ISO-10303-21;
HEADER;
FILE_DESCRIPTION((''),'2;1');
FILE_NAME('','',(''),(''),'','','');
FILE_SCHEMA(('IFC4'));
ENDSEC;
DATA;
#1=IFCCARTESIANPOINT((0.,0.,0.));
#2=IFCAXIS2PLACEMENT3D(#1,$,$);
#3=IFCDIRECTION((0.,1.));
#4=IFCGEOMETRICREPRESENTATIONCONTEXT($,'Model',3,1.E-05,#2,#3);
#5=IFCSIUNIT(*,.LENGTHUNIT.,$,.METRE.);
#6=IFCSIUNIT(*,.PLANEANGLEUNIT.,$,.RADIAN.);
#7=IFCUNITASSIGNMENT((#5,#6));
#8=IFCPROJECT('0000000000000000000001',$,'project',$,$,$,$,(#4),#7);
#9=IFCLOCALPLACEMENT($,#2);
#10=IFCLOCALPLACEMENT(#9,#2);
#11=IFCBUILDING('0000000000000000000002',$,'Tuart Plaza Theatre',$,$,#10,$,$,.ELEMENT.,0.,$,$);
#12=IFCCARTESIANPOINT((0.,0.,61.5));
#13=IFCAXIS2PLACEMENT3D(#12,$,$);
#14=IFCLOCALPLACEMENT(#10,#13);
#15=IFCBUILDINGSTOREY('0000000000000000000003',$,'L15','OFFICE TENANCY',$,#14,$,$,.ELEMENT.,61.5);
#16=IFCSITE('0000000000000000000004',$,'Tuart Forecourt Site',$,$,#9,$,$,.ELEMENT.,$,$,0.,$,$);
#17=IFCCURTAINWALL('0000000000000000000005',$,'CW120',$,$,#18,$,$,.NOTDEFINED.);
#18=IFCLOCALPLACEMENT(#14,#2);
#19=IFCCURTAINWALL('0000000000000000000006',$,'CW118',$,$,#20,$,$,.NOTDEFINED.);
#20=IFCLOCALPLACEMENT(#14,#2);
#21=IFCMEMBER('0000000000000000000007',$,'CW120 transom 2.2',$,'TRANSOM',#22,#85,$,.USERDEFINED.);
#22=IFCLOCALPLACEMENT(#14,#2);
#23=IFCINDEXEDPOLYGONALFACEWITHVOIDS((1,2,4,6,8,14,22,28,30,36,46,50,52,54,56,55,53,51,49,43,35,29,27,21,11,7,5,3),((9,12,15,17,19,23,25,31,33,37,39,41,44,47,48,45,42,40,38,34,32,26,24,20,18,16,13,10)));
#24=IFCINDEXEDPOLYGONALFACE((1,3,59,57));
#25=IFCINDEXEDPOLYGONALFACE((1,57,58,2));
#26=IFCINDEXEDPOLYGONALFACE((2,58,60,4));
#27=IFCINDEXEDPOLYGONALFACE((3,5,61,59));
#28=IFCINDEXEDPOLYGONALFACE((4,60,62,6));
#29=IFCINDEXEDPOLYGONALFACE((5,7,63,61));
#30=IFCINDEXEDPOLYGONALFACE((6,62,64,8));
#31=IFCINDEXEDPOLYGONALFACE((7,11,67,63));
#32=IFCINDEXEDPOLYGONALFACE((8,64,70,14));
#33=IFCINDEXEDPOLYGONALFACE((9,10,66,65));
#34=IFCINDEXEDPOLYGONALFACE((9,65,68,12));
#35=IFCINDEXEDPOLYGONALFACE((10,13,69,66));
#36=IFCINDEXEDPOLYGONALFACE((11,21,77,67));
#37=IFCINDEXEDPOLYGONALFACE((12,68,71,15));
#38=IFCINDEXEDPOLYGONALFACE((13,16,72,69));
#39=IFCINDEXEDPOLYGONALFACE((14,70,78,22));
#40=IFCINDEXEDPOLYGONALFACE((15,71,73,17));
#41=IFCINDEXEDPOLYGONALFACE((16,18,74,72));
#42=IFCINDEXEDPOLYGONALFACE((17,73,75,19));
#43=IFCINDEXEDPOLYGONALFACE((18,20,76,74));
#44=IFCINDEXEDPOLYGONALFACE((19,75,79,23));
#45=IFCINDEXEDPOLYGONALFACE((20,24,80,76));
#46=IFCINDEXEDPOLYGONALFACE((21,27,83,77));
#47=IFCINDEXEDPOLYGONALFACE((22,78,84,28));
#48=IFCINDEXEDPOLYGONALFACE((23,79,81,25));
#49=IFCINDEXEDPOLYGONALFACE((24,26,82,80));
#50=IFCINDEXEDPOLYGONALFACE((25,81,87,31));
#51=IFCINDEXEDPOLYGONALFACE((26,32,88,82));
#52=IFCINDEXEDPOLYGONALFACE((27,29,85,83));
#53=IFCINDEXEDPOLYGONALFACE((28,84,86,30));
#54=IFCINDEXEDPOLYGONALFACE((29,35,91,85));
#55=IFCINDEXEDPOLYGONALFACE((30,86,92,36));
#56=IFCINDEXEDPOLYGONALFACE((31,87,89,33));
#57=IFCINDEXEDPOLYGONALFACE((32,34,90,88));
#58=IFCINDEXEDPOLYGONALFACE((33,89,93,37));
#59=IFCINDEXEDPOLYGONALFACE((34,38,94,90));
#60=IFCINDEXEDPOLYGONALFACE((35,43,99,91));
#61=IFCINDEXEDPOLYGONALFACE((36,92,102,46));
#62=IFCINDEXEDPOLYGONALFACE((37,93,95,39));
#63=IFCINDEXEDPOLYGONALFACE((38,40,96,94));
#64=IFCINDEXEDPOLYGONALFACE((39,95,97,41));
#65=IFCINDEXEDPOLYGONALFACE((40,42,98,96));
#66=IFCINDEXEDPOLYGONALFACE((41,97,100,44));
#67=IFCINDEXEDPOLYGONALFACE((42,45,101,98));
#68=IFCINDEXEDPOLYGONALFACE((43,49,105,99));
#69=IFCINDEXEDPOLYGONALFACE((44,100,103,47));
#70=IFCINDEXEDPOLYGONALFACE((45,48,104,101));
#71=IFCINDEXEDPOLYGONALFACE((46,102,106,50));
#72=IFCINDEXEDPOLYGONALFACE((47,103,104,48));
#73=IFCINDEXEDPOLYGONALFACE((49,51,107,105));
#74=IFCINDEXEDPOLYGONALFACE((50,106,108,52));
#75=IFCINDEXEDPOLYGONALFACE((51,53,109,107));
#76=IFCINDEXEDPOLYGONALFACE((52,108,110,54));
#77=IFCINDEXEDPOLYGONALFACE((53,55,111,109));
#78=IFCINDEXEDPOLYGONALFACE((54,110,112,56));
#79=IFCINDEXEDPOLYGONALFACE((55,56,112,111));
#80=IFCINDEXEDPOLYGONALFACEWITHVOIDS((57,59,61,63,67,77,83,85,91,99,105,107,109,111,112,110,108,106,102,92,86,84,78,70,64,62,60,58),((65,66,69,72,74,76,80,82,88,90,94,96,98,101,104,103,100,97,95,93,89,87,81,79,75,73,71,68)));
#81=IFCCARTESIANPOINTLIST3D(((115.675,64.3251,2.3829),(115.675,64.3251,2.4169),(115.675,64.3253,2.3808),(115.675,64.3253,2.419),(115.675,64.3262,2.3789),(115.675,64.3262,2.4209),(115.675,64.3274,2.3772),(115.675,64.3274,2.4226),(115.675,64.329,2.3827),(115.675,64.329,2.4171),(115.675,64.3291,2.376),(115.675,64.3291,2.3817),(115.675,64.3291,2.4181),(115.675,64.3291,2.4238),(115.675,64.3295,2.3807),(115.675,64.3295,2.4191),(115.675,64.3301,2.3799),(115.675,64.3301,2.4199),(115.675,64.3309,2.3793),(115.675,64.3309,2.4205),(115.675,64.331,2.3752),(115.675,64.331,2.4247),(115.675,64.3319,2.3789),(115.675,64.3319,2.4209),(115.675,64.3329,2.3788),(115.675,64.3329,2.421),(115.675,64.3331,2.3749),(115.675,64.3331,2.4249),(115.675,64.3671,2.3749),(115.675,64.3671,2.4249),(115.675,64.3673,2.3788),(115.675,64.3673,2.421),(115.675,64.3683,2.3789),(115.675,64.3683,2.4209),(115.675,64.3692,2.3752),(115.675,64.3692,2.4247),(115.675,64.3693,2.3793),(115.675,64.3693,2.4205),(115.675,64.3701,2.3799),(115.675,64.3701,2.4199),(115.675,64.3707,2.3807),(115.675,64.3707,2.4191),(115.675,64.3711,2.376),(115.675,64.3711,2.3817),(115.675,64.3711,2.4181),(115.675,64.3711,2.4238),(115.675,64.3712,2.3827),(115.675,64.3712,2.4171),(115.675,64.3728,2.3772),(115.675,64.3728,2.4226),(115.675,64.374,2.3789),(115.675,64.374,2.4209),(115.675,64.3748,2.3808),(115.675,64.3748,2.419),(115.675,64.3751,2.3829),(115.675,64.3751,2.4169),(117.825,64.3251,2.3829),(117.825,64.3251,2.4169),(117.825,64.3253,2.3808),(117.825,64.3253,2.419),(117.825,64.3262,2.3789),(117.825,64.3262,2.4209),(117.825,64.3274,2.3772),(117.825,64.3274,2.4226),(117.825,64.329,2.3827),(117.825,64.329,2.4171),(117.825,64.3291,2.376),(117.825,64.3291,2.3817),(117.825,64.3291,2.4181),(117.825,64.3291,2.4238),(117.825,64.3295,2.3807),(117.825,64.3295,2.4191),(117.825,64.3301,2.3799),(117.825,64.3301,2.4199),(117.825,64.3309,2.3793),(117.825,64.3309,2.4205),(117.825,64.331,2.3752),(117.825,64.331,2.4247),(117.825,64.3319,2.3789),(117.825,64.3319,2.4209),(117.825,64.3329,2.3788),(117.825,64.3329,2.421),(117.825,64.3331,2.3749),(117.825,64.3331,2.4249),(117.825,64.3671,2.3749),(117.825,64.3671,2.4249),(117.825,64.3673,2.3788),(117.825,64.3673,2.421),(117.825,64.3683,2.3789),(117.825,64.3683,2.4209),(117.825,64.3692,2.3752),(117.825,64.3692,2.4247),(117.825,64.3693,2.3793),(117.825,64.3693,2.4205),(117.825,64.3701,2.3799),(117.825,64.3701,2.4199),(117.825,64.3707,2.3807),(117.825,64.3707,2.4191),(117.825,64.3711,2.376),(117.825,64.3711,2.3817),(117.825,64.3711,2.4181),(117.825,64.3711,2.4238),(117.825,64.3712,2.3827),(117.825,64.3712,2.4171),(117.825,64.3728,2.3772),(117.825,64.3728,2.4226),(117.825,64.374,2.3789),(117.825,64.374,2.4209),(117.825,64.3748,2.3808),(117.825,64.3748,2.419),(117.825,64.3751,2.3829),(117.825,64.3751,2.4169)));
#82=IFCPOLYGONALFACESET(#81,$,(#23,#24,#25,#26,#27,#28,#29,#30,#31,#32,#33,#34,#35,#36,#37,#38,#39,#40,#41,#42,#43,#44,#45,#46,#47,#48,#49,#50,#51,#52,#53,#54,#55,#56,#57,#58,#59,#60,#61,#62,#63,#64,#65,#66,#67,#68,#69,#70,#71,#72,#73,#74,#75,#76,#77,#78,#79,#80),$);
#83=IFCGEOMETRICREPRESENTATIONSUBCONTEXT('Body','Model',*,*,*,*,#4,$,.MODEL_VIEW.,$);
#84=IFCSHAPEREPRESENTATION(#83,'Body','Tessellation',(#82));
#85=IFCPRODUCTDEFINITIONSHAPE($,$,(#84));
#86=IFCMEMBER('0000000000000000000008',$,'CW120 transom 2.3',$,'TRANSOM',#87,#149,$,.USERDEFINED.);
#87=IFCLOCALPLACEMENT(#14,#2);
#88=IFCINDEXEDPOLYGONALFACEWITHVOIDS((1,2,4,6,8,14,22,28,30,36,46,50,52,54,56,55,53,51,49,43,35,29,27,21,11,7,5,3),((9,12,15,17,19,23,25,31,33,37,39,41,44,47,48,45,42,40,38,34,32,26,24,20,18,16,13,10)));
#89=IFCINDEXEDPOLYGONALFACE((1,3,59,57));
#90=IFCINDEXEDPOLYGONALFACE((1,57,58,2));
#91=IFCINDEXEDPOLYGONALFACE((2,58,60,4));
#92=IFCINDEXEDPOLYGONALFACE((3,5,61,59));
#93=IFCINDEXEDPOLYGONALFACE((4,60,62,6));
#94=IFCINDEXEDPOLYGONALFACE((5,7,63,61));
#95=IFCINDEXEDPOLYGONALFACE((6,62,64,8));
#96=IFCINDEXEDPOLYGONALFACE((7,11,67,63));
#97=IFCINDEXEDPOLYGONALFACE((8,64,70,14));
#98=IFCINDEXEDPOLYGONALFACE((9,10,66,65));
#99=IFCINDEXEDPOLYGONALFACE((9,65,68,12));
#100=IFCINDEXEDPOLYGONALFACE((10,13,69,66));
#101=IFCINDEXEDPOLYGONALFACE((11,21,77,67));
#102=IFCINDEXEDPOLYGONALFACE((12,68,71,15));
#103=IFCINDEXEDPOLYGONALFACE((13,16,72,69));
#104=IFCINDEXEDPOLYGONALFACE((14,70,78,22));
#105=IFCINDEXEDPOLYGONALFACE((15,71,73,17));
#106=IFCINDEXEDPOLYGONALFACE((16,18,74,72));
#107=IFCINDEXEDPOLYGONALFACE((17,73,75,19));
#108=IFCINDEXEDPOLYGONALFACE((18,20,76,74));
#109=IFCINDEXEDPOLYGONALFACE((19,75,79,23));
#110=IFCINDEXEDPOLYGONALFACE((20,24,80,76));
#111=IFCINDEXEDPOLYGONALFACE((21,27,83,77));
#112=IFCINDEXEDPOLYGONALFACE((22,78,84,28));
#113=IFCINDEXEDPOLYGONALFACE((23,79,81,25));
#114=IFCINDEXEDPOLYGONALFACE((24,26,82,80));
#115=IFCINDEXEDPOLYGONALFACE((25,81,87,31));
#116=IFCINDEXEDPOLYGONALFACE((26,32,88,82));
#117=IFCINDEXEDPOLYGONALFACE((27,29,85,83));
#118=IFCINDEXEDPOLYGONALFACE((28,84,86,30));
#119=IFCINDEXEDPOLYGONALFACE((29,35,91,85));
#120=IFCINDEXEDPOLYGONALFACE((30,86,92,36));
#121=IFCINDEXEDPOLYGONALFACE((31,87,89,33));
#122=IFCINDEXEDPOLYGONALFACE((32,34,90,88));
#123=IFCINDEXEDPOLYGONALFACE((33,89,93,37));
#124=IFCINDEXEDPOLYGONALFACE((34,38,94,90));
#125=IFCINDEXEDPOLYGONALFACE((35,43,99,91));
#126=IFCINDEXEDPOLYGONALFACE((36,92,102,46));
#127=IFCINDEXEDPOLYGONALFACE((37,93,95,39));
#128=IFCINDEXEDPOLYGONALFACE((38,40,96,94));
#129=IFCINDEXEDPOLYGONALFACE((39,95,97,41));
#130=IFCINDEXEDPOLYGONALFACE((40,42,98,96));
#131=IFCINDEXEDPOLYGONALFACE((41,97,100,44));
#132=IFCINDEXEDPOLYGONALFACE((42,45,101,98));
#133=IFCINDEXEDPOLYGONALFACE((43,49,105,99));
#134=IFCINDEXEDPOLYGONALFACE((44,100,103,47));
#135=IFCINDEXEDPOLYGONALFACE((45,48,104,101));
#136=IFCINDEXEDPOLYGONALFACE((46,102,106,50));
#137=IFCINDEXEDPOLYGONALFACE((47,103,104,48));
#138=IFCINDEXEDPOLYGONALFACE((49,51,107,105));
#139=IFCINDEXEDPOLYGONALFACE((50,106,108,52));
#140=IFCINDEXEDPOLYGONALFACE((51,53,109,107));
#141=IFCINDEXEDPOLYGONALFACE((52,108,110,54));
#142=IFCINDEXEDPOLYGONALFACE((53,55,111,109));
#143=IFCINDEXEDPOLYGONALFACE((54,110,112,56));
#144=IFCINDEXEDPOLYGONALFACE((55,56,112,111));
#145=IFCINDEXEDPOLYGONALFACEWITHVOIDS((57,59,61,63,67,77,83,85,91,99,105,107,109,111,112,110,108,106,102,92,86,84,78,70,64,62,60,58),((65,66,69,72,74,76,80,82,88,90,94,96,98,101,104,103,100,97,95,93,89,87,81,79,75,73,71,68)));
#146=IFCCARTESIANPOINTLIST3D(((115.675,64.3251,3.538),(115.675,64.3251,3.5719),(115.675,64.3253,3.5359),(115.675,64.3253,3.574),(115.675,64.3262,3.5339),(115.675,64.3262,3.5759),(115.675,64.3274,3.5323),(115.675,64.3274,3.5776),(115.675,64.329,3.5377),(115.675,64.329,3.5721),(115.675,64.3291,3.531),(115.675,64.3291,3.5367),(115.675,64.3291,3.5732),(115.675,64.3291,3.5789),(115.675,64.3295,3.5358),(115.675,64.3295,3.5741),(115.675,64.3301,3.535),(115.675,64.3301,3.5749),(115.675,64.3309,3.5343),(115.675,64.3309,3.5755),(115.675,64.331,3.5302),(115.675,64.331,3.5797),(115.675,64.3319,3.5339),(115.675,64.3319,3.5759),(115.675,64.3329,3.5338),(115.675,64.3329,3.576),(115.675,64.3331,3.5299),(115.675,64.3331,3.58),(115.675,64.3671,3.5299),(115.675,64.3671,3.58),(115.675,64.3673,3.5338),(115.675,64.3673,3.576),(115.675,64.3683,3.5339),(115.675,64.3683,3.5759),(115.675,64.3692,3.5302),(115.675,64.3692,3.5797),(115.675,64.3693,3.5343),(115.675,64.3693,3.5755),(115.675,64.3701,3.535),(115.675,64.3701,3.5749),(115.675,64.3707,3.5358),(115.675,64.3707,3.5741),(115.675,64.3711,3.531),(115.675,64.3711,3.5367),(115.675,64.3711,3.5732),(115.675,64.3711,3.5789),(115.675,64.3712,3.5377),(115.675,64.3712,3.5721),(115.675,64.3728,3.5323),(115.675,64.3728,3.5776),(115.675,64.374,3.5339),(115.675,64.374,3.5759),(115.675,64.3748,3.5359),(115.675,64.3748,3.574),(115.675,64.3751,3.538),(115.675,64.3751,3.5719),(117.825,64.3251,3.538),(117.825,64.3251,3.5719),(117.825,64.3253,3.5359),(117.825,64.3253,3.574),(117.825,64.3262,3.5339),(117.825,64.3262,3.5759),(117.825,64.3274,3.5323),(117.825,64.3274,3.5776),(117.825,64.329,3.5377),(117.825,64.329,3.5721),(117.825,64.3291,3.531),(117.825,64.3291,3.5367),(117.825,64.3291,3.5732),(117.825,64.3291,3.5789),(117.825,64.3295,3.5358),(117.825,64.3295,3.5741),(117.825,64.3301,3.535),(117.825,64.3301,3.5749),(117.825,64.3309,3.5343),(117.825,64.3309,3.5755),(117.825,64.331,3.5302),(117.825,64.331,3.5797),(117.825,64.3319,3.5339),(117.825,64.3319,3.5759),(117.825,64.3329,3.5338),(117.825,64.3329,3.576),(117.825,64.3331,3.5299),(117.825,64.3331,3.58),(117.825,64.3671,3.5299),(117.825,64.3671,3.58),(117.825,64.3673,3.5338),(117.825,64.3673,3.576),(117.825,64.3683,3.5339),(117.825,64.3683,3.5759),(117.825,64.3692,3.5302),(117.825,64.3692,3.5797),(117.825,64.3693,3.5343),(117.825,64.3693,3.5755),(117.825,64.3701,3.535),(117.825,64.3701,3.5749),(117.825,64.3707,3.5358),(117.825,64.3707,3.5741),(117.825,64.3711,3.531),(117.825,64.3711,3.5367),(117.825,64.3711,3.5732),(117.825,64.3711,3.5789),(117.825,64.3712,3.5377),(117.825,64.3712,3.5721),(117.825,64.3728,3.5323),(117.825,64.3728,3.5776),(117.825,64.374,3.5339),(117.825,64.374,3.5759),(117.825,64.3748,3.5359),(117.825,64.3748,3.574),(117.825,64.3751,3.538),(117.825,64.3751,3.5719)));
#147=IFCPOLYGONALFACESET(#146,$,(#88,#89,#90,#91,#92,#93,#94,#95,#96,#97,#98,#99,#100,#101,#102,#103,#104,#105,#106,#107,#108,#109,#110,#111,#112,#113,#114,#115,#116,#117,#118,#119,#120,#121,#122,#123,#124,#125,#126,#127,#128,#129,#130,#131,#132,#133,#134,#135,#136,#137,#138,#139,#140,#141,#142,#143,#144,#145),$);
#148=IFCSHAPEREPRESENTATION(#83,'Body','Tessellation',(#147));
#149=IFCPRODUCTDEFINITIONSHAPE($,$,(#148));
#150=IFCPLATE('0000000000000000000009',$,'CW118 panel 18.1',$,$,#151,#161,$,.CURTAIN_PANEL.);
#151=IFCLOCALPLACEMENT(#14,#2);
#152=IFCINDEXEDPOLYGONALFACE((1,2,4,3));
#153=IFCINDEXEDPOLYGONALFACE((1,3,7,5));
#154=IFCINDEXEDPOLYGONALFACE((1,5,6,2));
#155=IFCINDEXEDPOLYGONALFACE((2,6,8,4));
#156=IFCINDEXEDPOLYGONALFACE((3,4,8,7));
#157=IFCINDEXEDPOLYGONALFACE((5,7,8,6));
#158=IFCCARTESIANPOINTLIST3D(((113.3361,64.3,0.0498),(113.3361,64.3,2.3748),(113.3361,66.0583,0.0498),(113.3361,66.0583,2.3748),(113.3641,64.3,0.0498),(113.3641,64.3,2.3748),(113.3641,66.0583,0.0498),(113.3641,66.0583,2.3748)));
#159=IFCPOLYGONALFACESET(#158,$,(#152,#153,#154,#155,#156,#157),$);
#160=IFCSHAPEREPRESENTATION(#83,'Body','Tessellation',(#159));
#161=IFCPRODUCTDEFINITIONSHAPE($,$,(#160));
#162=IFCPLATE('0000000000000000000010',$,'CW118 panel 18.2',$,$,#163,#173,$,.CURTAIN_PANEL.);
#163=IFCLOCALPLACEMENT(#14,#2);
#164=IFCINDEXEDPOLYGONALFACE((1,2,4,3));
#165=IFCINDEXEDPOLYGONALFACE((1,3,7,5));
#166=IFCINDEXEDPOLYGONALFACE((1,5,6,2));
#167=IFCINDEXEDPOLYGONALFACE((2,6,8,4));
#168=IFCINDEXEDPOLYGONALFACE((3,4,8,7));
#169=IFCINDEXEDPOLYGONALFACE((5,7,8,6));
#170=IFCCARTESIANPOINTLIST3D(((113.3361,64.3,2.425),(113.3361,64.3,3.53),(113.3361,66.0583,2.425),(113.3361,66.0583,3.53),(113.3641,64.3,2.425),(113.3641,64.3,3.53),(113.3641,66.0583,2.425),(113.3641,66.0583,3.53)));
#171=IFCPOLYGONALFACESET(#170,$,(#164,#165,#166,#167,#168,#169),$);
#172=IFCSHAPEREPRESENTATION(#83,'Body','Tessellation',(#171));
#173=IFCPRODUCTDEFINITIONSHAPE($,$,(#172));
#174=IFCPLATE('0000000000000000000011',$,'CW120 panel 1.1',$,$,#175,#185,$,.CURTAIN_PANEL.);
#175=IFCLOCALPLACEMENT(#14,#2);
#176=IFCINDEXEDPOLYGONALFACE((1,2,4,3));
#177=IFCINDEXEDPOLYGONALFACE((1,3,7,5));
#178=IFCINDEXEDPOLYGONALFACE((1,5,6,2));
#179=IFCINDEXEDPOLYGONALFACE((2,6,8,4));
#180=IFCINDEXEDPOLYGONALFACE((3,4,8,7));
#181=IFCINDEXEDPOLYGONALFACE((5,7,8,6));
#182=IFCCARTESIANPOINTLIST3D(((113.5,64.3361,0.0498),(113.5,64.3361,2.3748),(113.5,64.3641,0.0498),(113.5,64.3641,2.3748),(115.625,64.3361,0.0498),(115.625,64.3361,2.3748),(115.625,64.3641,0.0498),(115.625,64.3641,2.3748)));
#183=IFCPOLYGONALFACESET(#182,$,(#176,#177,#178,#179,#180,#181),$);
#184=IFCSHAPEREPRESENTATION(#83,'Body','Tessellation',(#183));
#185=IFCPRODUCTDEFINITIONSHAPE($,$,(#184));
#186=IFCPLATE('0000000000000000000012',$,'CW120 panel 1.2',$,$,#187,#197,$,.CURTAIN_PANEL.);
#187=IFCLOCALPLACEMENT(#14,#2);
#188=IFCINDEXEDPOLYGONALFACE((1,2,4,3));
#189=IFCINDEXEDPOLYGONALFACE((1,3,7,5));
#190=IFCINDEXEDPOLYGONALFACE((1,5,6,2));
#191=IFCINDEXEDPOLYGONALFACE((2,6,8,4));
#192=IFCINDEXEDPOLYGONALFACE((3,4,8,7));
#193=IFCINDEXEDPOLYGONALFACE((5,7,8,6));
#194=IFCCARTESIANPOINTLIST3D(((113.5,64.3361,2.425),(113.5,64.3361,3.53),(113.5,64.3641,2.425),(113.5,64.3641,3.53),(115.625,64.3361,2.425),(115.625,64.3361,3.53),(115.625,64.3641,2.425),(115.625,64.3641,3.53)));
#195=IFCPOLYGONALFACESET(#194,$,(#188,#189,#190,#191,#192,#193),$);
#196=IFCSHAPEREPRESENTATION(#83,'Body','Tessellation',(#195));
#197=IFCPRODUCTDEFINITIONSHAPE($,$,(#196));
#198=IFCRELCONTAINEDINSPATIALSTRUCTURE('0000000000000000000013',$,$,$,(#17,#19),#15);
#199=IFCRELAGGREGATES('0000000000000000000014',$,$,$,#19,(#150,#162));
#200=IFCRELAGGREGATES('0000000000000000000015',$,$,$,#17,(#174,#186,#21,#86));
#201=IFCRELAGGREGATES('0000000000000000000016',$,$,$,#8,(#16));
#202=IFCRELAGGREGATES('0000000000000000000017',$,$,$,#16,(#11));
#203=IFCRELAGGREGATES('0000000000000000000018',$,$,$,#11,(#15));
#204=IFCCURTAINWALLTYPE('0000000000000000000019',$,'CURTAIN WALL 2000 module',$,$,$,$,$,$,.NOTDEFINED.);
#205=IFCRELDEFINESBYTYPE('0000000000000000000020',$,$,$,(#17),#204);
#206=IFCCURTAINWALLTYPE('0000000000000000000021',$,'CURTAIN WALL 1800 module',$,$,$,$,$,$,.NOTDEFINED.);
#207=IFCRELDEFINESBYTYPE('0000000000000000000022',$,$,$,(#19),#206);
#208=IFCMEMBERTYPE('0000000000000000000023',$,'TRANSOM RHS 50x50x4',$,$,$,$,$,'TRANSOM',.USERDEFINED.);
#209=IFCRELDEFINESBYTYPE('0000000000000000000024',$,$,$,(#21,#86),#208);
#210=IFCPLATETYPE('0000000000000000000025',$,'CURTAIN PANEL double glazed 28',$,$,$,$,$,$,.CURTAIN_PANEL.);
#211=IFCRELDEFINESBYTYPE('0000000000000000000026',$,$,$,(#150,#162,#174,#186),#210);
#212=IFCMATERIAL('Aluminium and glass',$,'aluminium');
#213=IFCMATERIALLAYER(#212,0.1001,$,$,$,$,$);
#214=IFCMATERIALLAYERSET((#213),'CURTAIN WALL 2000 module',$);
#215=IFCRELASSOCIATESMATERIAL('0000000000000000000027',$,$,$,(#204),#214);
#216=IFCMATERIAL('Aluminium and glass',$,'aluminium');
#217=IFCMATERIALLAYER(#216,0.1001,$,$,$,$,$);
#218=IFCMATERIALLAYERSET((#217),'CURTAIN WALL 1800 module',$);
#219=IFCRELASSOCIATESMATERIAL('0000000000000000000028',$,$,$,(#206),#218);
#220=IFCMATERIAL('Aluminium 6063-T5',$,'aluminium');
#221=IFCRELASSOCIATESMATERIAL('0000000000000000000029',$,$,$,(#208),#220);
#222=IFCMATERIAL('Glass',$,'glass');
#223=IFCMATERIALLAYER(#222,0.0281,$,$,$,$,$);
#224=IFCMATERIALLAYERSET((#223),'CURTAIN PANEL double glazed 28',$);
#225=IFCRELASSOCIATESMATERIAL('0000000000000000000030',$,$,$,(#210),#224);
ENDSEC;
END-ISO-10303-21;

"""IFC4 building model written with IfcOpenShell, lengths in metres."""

from ifc_helpers import new_model, si_unit, direction, frame, origin, origin_2d, place, context, subcontext, project, spatial, rectangle, hollow_rectangle, extrude, material, layer, layer_set, material_profile, profile_set, type_object, element, aggregate, save


model = new_model("IFC4")

# Units and contexts
model_context = context("Model", 3, precision=1e-05, world=origin(), true_north=direction((0.0, 1.0)))
body_context = subcontext(model_context, "Body", "Model", "MODEL_VIEW")
ifc_project = project(units=[si_unit("LENGTHUNIT", "METRE"), si_unit("PLANEANGLEUNIT", "RADIAN")], contexts=[model_context])

# Site, building, storey
site_placement = place(None, origin())
site = spatial("IfcSite", under=ifc_project, at=site_placement, Name="Tuart Forecourt Site", CompositionType="ELEMENT", RefElevation=0.0)
building_placement = place(site_placement, origin())
building = spatial("IfcBuilding", under=site, at=building_placement, Name="Tuart Plaza Theatre", CompositionType="ELEMENT", ElevationOfRefHeight=0.0)
storey_placement = place(building_placement, frame((0.0, 0.0, 61.5)))
storey = spatial("IfcBuildingStorey", under=building, at=storey_placement, Name="L15", Description="OFFICE TENANCY", CompositionType="ELEMENT", Elevation=61.5)

# Curtain walls
ifc_material_1 = material(Name="Aluminium and glass", Category="aluminium")
ifc_layer_1 = layer(ifc_material_1, 0.1001)
ifc_layer_set_1 = layer_set([ifc_layer_1], Name="CURTAIN WALL 2000 module")
curtain_wall_type_1 = type_object("IfcCurtainWallType", Name="CURTAIN WALL 2000 module", PredefinedType="NOTDEFINED", material=ifc_layer_set_1)
curtain_wall_1_placement = place(storey_placement, origin())
curtain_wall_1 = element("IfcCurtainWall", 1, at=curtain_wall_1_placement, inside=storey, type_object=curtain_wall_type_1, Name="CW120", PredefinedType="NOTDEFINED")
ifc_material_2 = material(Name="Aluminium and glass", Category="aluminium")
ifc_layer_2 = layer(ifc_material_2, 0.1001)
ifc_layer_set_2 = layer_set([ifc_layer_2], Name="CURTAIN WALL 1800 module")
curtain_wall_type_2 = type_object("IfcCurtainWallType", Name="CURTAIN WALL 1800 module", PredefinedType="NOTDEFINED", material=ifc_layer_set_2)
curtain_wall_2_placement = place(storey_placement, origin())
curtain_wall_2 = element("IfcCurtainWall", 2, at=curtain_wall_2_placement, inside=storey, type_object=curtain_wall_type_2, Name="CW118", PredefinedType="NOTDEFINED")
ifc_material_3 = material(Name="Aluminium 6063-T5", Category="aluminium")
ifc_material_profile_1 = material_profile(ifc_material_3, hollow_rectangle(XDim=0.05, YDim=0.05, WallThickness=0.0039, InnerFilletRadius=0.0039, OuterFilletRadius=0.0081, at=origin_2d()), Name="RHS 50x50x4")
ifc_profile_set_1 = profile_set([ifc_material_profile_1], Name="Aluminium 6063-T5")
member_type_1 = type_object("IfcMemberType", Name="TRANSOM RHS 50x50x4", ElementType="TRANSOM", PredefinedType="USERDEFINED", material=ifc_profile_set_1)

# Members
member_1_placement = place(storey_placement, frame((115.675, 64.3501, 2.3999), z_axis=(1.0, 0.0, 0.0), x_axis=(0.0, 1.0, 0.0)))
member_1 = element("IfcMember", 3, at=member_1_placement, type_object=member_type_1, Name="CW120 transom 2.2", ObjectType="TRANSOM", PredefinedType="USERDEFINED", context=body_context, shape_type="SweptSolid", body=[
    extrude(hollow_rectangle(XDim=0.05, YDim=0.05, WallThickness=0.0039, InnerFilletRadius=0.0039, OuterFilletRadius=0.0081, at=origin_2d()), origin(), (0.0, 0.0, 1.0), 2.1499),
])
member_2_placement = place(storey_placement, frame((115.675, 64.3501, 3.5549), z_axis=(1.0, 0.0, 0.0), x_axis=(0.0, 1.0, 0.0)))
member_2 = element("IfcMember", 4, at=member_2_placement, type_object=member_type_1, Name="CW120 transom 2.3", ObjectType="TRANSOM", PredefinedType="USERDEFINED", context=body_context, shape_type="SweptSolid", body=[
    extrude(hollow_rectangle(XDim=0.05, YDim=0.05, WallThickness=0.0039, InnerFilletRadius=0.0039, OuterFilletRadius=0.0081, at=origin_2d()), origin(), (0.0, 0.0, 1.0), 2.1499),
])

# Plates
ifc_material_4 = material(Name="Glass", Category="glass")
ifc_layer_3 = layer(ifc_material_4, 0.0281)
ifc_layer_set_3 = layer_set([ifc_layer_3], Name="CURTAIN PANEL double glazed 28")
plate_type = type_object("IfcPlateType", Name="CURTAIN PANEL double glazed 28", PredefinedType="CURTAIN_PANEL", material=ifc_layer_set_3)
plate_1_placement = place(storey_placement, frame((113.3501, 65.1792, 0.0498), z_axis=(0.0, 0.0, 1.0), x_axis=(0.0, -1.0, 0.0)))
plate_1 = element("IfcPlate", 5, at=plate_1_placement, type_object=plate_type, Name="CW118 panel 18.1", PredefinedType="CURTAIN_PANEL", context=body_context, shape_type="SweptSolid", body=[
    extrude(rectangle(XDim=1.7583, YDim=0.0281, at=origin_2d()), origin(), (0.0, 0.0, 1.0), 2.325),
])
plate_2_placement = place(storey_placement, frame((113.3501, 65.1792, 2.425), z_axis=(0.0, 0.0, 1.0), x_axis=(0.0, -1.0, 0.0)))
plate_2 = element("IfcPlate", 6, at=plate_2_placement, type_object=plate_type, Name="CW118 panel 18.2", PredefinedType="CURTAIN_PANEL", context=body_context, shape_type="SweptSolid", body=[
    extrude(rectangle(XDim=1.7583, YDim=0.0281, at=origin_2d()), origin(), (0.0, 0.0, 1.0), 1.105),
])
aggregate(curtain_wall_2, [plate_1, plate_2])
plate_3_placement = place(storey_placement, frame((114.5625, 64.3501, 0.0498), z_axis=(0.0, 0.0, 1.0), x_axis=(1.0, 0.0, 0.0)))
plate_3 = element("IfcPlate", 7, at=plate_3_placement, type_object=plate_type, Name="CW120 panel 1.1", PredefinedType="CURTAIN_PANEL", context=body_context, shape_type="SweptSolid", body=[
    extrude(rectangle(XDim=2.125, YDim=0.0281, at=origin_2d()), origin(), (0.0, 0.0, 1.0), 2.325),
])
plate_4_placement = place(storey_placement, frame((114.5625, 64.3501, 2.425), z_axis=(0.0, 0.0, 1.0), x_axis=(1.0, 0.0, 0.0)))
plate_4 = element("IfcPlate", 8, at=plate_4_placement, type_object=plate_type, Name="CW120 panel 1.2", PredefinedType="CURTAIN_PANEL", context=body_context, shape_type="SweptSolid", body=[
    extrude(rectangle(XDim=2.125, YDim=0.0281, at=origin_2d()), origin(), (0.0, 0.0, 1.0), 1.105),
])
aggregate(curtain_wall_1, [plate_3, plate_4, member_1, member_2])

save(model, "model.ifc")
